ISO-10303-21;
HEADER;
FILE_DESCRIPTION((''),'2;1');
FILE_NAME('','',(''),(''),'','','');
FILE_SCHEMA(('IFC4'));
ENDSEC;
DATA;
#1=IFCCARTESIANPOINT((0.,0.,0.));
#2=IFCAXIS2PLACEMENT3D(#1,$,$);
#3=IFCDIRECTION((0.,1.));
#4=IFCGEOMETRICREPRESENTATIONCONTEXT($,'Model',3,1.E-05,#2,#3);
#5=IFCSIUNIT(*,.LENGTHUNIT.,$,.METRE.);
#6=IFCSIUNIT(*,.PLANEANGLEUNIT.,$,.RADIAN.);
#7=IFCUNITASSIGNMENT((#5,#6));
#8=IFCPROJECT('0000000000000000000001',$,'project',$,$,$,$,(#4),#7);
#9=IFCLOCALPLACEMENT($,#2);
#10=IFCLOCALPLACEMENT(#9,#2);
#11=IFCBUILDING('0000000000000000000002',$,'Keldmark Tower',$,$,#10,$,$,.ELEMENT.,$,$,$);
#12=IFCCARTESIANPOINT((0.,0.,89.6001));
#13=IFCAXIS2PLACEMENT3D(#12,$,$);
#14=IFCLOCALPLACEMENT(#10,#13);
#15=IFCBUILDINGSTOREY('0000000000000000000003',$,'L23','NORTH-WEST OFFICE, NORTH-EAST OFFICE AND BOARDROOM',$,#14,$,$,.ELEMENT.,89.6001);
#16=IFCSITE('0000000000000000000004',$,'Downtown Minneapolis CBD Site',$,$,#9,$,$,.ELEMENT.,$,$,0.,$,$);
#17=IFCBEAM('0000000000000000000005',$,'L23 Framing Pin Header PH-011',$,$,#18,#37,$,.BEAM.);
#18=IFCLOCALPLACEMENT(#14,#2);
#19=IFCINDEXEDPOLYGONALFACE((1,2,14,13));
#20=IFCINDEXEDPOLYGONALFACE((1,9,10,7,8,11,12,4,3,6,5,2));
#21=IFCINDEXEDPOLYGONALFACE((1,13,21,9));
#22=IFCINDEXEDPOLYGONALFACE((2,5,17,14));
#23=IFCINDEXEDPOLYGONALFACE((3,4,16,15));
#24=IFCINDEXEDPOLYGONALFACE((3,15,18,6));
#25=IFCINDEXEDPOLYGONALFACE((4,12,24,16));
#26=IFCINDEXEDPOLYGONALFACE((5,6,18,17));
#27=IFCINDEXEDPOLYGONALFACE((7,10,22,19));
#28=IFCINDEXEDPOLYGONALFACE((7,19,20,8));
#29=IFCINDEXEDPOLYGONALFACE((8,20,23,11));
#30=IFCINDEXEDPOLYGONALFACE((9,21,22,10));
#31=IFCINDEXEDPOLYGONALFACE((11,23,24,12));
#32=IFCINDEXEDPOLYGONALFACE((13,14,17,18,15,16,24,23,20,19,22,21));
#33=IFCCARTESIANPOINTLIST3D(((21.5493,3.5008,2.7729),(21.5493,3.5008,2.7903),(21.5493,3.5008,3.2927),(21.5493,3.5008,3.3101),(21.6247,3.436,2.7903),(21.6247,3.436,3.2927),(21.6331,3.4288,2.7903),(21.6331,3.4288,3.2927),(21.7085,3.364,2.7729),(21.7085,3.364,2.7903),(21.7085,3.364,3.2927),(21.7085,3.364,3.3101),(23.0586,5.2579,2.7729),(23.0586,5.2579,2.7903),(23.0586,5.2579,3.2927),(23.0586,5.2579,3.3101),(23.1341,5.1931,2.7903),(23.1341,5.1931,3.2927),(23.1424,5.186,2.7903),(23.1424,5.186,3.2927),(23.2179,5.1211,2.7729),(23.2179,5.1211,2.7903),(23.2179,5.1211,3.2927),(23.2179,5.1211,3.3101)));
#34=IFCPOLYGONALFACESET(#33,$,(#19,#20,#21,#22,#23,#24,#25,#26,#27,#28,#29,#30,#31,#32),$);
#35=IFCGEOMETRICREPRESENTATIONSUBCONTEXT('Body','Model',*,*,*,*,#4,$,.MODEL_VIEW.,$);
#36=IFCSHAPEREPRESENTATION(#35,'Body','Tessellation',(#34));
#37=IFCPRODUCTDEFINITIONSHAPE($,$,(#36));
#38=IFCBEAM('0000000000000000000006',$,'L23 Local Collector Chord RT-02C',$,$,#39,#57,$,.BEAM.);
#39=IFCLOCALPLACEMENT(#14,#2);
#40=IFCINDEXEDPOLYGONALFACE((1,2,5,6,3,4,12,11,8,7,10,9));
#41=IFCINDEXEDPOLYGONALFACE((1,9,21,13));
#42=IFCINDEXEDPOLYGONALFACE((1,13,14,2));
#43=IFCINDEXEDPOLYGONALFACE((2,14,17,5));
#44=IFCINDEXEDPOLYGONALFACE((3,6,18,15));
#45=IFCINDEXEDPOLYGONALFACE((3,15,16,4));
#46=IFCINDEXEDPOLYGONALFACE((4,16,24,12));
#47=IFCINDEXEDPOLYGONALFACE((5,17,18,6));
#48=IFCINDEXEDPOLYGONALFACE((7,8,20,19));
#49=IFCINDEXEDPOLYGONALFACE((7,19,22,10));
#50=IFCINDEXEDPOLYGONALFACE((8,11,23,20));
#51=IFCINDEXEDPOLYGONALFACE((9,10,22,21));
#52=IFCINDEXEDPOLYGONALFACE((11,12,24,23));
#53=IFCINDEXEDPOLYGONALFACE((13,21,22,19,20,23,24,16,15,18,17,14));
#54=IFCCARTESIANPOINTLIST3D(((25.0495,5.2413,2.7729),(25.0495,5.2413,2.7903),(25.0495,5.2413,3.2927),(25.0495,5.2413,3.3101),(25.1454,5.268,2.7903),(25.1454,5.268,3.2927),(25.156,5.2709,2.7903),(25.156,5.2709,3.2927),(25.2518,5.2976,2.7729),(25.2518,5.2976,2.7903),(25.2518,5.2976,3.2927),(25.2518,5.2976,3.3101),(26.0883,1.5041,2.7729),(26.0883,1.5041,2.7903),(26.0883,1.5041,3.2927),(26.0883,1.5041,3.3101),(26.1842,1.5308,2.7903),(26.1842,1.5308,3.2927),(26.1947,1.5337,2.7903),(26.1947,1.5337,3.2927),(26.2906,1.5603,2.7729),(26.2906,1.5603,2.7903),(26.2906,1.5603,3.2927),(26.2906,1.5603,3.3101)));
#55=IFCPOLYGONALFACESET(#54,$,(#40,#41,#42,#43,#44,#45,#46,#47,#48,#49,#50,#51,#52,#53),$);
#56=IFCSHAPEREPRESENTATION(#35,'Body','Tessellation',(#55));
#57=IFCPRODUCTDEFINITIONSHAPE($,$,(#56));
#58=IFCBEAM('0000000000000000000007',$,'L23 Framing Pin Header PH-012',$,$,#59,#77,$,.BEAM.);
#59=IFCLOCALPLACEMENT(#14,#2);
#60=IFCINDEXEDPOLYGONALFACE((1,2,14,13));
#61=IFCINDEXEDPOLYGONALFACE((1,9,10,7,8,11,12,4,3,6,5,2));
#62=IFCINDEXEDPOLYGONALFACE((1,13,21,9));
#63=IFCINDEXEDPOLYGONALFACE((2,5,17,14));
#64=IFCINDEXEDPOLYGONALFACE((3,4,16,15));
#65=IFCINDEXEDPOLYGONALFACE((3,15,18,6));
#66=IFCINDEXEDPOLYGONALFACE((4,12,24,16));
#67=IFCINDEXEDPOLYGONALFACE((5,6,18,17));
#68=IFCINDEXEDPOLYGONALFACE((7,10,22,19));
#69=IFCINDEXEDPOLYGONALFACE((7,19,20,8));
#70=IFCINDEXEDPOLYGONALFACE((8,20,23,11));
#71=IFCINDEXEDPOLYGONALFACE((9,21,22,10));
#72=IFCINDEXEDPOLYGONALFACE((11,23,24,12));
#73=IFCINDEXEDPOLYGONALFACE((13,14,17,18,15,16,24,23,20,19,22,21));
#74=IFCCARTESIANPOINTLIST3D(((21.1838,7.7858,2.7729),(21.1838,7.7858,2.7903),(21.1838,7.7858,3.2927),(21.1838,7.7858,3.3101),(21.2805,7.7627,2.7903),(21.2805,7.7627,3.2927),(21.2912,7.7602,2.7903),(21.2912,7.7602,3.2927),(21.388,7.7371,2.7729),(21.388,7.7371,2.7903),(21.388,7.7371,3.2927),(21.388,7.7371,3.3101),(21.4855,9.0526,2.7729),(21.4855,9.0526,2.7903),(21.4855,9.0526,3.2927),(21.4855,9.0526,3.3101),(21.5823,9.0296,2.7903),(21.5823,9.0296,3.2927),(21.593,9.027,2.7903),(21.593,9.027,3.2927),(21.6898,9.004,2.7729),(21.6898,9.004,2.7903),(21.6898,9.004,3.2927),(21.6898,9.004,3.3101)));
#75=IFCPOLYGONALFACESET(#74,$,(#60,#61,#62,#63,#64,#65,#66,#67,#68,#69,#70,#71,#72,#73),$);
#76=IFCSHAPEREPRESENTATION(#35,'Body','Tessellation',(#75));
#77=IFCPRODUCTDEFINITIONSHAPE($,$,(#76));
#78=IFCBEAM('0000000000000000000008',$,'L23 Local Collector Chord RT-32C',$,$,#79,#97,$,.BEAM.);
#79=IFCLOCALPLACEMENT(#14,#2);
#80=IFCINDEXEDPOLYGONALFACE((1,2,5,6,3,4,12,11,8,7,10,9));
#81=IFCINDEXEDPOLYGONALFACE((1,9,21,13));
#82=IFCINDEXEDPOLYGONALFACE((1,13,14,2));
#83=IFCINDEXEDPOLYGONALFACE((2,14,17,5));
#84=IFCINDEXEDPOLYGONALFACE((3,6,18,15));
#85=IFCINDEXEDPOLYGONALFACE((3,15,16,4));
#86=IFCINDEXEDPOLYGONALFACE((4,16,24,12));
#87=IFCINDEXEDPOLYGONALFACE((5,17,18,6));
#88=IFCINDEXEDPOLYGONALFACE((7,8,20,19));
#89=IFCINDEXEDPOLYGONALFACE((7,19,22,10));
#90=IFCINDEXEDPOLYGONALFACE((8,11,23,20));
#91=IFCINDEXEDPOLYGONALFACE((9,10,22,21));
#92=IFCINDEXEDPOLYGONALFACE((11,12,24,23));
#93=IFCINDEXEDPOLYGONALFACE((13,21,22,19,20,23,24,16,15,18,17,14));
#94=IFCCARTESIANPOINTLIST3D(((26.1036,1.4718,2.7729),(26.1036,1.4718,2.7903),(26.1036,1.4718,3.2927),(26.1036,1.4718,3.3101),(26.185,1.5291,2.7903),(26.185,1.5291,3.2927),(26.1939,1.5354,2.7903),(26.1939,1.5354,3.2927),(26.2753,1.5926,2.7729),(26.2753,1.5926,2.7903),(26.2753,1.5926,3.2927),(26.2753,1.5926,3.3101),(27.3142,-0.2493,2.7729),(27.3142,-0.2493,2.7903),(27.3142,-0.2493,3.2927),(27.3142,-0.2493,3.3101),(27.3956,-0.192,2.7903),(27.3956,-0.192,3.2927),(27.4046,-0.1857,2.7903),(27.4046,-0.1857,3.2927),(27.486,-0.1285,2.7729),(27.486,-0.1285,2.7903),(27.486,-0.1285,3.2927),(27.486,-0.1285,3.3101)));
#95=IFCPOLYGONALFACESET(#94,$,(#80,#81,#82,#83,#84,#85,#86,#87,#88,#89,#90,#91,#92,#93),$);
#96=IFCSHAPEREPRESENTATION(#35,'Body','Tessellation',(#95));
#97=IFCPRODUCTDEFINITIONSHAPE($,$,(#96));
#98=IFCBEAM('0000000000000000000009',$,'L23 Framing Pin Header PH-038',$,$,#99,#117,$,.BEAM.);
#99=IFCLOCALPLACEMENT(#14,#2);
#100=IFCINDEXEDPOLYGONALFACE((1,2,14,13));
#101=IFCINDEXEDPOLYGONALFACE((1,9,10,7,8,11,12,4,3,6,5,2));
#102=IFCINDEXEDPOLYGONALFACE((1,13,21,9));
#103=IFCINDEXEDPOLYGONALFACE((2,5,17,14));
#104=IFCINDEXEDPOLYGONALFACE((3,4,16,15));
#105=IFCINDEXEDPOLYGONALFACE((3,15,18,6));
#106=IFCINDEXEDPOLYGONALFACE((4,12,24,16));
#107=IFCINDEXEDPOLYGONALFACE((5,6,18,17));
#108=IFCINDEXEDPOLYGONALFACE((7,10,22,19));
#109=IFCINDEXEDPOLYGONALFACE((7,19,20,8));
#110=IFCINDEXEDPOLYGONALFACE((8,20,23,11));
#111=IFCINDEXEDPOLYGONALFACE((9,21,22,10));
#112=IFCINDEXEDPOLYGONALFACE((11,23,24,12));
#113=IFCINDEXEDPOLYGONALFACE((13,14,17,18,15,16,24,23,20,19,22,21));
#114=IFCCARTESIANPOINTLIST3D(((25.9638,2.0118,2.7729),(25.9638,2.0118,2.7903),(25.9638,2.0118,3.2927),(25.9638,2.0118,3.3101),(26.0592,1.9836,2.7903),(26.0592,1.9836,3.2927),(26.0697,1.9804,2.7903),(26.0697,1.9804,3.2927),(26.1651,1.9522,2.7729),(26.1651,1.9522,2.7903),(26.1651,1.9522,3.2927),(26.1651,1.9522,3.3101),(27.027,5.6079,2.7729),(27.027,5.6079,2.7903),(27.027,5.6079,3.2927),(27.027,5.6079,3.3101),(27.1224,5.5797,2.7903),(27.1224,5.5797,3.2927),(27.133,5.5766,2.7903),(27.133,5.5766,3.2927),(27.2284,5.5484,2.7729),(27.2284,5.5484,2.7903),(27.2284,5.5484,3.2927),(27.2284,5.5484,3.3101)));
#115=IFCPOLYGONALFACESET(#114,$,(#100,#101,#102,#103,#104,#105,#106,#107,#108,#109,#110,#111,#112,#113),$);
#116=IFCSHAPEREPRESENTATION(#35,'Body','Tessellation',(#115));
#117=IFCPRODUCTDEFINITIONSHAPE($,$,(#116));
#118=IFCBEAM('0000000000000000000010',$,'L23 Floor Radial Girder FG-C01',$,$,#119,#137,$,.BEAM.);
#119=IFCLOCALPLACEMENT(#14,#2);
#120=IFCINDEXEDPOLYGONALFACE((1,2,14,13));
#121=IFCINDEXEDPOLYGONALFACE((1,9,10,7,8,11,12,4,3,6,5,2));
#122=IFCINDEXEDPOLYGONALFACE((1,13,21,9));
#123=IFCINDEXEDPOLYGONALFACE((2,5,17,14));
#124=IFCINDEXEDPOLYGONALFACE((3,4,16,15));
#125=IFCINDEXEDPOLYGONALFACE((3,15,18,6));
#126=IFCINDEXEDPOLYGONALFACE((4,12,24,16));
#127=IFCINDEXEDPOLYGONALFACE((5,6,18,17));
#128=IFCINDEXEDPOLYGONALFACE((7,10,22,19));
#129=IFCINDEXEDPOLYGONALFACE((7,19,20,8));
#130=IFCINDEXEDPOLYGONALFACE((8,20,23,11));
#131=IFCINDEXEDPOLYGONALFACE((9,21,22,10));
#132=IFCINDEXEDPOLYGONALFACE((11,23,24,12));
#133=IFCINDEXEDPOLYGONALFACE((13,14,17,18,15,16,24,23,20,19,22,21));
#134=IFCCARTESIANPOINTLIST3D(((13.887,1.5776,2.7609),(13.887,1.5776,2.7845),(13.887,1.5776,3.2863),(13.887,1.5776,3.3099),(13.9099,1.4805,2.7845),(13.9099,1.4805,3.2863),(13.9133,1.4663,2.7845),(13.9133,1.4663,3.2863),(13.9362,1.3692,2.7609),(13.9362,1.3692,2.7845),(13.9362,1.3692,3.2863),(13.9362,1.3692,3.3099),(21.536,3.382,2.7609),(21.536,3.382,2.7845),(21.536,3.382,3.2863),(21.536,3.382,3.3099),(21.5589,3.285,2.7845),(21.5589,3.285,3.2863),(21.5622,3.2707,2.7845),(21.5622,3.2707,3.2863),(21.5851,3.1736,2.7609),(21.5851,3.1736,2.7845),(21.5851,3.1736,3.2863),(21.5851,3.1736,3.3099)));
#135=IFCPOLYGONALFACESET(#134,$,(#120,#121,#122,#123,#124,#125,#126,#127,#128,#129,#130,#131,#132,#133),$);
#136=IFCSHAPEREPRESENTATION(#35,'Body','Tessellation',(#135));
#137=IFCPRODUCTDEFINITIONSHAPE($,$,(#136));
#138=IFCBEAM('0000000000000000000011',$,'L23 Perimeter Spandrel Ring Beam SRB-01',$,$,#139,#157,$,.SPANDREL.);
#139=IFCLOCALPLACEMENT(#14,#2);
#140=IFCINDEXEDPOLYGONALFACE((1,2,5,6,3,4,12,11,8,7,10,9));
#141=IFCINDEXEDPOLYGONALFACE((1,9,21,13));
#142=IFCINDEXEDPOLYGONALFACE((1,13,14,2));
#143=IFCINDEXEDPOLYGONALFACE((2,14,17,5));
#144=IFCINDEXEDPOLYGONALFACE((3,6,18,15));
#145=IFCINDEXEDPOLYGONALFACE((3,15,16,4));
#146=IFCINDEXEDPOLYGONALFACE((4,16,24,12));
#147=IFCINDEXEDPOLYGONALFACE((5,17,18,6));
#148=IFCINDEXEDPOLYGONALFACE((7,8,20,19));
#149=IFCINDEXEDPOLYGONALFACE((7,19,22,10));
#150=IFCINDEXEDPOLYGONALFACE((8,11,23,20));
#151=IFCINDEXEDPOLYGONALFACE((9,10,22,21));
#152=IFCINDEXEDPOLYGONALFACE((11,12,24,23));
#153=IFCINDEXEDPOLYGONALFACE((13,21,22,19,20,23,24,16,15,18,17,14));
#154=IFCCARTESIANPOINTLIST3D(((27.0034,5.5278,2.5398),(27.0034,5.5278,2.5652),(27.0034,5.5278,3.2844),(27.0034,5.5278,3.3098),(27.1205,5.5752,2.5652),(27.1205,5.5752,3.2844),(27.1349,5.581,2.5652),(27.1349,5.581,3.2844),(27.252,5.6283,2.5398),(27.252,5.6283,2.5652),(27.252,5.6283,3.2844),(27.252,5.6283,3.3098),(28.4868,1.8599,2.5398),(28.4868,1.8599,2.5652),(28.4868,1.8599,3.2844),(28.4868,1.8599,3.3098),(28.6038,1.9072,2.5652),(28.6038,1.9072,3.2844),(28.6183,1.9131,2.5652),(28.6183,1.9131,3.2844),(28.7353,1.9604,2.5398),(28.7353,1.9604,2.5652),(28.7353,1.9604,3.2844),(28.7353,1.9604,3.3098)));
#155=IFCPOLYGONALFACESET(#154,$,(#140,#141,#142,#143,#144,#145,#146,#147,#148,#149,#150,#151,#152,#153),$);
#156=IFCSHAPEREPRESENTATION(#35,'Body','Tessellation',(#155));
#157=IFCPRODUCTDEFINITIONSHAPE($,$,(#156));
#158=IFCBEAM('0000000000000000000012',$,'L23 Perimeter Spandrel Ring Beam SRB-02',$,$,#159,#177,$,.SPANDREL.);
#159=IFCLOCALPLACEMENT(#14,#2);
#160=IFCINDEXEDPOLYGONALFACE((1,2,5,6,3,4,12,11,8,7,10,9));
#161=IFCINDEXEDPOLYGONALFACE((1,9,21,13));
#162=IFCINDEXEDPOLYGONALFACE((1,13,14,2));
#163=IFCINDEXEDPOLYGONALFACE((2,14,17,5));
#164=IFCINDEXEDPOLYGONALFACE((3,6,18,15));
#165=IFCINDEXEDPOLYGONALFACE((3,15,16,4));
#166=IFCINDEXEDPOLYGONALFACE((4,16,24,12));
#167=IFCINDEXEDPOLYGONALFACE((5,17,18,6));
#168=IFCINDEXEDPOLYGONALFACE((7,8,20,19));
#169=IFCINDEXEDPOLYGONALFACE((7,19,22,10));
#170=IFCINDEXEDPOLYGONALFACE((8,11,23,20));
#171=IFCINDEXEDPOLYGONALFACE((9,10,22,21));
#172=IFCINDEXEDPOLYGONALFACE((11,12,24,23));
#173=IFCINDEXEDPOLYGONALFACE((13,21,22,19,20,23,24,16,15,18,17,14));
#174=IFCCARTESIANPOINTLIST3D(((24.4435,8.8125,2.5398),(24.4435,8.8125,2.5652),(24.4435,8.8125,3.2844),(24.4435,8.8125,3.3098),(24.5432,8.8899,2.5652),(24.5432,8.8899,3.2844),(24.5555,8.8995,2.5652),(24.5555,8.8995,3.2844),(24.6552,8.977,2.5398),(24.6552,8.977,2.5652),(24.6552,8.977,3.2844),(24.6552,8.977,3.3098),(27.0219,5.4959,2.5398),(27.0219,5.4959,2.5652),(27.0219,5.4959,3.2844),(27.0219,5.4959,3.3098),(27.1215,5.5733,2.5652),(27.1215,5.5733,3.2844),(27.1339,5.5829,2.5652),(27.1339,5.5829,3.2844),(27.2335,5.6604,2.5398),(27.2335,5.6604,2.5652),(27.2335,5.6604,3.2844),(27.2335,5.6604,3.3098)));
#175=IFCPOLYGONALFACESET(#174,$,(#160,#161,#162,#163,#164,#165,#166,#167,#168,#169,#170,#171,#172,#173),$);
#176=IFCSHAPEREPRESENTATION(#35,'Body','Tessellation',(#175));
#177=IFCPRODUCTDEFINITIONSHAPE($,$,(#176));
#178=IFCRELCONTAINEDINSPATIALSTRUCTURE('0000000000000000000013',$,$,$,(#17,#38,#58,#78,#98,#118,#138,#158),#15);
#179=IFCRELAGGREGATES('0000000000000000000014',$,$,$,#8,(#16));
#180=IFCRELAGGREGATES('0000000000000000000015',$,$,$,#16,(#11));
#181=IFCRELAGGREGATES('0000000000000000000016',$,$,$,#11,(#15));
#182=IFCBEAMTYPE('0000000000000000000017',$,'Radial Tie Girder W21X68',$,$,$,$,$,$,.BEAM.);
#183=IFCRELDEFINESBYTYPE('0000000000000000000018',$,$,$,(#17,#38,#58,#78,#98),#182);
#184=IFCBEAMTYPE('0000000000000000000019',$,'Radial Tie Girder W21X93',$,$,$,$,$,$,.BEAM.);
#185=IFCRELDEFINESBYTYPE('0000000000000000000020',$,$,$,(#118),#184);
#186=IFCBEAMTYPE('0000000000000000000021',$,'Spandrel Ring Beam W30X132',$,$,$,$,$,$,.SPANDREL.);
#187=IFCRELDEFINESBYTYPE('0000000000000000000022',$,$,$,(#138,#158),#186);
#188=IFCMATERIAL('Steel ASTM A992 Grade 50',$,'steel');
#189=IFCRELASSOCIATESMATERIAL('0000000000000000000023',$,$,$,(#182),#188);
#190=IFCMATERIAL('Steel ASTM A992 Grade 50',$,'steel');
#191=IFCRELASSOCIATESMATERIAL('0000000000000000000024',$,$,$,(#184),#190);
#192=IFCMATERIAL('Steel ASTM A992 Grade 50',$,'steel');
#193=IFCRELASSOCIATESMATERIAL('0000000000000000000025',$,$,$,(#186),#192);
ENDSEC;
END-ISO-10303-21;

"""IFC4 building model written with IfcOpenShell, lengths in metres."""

from ifc_helpers import new_model, si_unit, direction, frame, origin, origin_2d, place, context, subcontext, project, spatial, i_section, extrude, material, material_profile, profile_set, type_object, element, save


model = new_model("IFC4")

# Units and contexts
model_context = context("Model", 3, precision=1e-05, world=origin(), true_north=direction((0.0, 1.0)))
body_context = subcontext(model_context, "Body", "Model", "MODEL_VIEW")
ifc_project = project(units=[si_unit("LENGTHUNIT", "METRE"), si_unit("PLANEANGLEUNIT", "RADIAN")], contexts=[model_context])

# Site, building, storey
site_placement = place(None, origin())
site = spatial("IfcSite", under=ifc_project, at=site_placement, Name="Downtown Minneapolis CBD Site", CompositionType="ELEMENT", RefElevation=0.0)
building_placement = place(site_placement, origin())
building = spatial("IfcBuilding", under=site, at=building_placement, Name="Keldmark Tower", CompositionType="ELEMENT")
storey_placement = place(building_placement, frame((0.0, 0.0, 89.6001)))
storey = spatial("IfcBuildingStorey", under=building, at=storey_placement, Name="L23", Description="NORTH-WEST OFFICE, NORTH-EAST OFFICE AND BOARDROOM", CompositionType="ELEMENT", Elevation=89.6001)

# Beams
ifc_material_1 = material(Name="Steel ASTM A992 Grade 50", Category="steel")
ifc_material_profile_1 = material_profile(ifc_material_1, i_section(OverallWidth=0.21, OverallDepth=0.5371, WebThickness=0.011, FlangeThickness=0.0173, at=origin_2d()), Name="W21X68")
ifc_profile_set_1 = profile_set([ifc_material_profile_1], Name="Steel ASTM A992 Grade 50")
beam_type_1 = type_object("IfcBeamType", Name="Radial Tie Girder W21X68", PredefinedType="BEAM", material=ifc_profile_set_1)
beam_1_placement = place(storey_placement, frame((21.6289, 3.4324, 3.0415), z_axis=(0.65159, 0.758572, 0.0), x_axis=(-0.758572, 0.65159, 0.0)))
element("IfcBeam", 1, at=beam_1_placement, inside=storey, type_object=beam_type_1, Name="L23 Framing Pin Header PH-011", PredefinedType="BEAM", context=body_context, shape_type="SweptSolid", body=[
    extrude(i_section(OverallWidth=0.21, OverallDepth=0.5371, WebThickness=0.011, FlangeThickness=0.0173, at=origin_2d()), origin(), (0.0, 0.0, 1.0), 2.3164),
])
beam_2_placement = place(storey_placement, frame((26.1895, 1.5322, 3.0415), z_axis=(-0.267806, 0.963473, 0.0), x_axis=(-0.963473, -0.267806, 0.0)))
element("IfcBeam", 2, at=beam_2_placement, inside=storey, type_object=beam_type_1, Name="L23 Local Collector Chord RT-02C", PredefinedType="BEAM", context=body_context, shape_type="SweptSolid", body=[
    extrude(i_section(OverallWidth=0.21, OverallDepth=0.5371, WebThickness=0.011, FlangeThickness=0.0173, at=origin_2d()), origin(), (0.0, 0.0, 1.0), 3.8789),
])
beam_3_placement = place(storey_placement, frame((21.2859, 7.7615, 3.0415), z_axis=(0.231713, 0.972784, 0.0), x_axis=(-0.972784, 0.231713, 0.0)))
element("IfcBeam", 3, at=beam_3_placement, inside=storey, type_object=beam_type_1, Name="L23 Framing Pin Header PH-012", PredefinedType="BEAM", context=body_context, shape_type="SweptSolid", body=[
    extrude(i_section(OverallWidth=0.21, OverallDepth=0.5371, WebThickness=0.011, FlangeThickness=0.0173, at=origin_2d()), origin(), (0.0, 0.0, 1.0), 1.3022),
])
beam_4_placement = place(storey_placement, frame((26.1895, 1.5322, 3.0415), z_axis=(0.57533, -0.817922, 0.0), x_axis=(0.817922, 0.57533, 0.0)))
element("IfcBeam", 4, at=beam_4_placement, inside=storey, type_object=beam_type_1, Name="L23 Local Collector Chord RT-32C", PredefinedType="BEAM", context=body_context, shape_type="SweptSolid", body=[
    extrude(i_section(OverallWidth=0.21, OverallDepth=0.5371, WebThickness=0.011, FlangeThickness=0.0173, at=origin_2d()), origin(), (0.0, 0.0, 1.0), 2.1042),
])
beam_5_placement = place(storey_placement, frame((27.1277, 5.5781, 3.0415), z_axis=(-0.283523, -0.958965, 0.0), x_axis=(0.958965, -0.283523, 0.0)))
element("IfcBeam", 5, at=beam_5_placement, inside=storey, type_object=beam_type_1, Name="L23 Framing Pin Header PH-038", PredefinedType="BEAM", context=body_context, shape_type="SweptSolid", body=[
    extrude(i_section(OverallWidth=0.21, OverallDepth=0.5371, WebThickness=0.011, FlangeThickness=0.0173, at=origin_2d()), origin(), (0.0, 0.0, 1.0), 3.75),
])
ifc_material_2 = material(Name="Steel ASTM A992 Grade 50", Category="steel")
ifc_material_profile_2 = material_profile(ifc_material_2, i_section(OverallWidth=0.2141, OverallDepth=0.5491, WebThickness=0.0146, FlangeThickness=0.0237, at=origin_2d()), Name="W21X93")
ifc_profile_set_2 = profile_set([ifc_material_profile_2], Name="Steel ASTM A992 Grade 50")
beam_type_2 = type_object("IfcBeamType", Name="Radial Tie Girder W21X93", PredefinedType="BEAM", material=ifc_profile_set_2)
beam_6_placement = place(storey_placement, frame((21.5605, 3.2778, 3.0354), z_axis=(-0.973284, -0.229606, 0.0), x_axis=(0.229606, -0.973284, 0.0)))
element("IfcBeam", 6, at=beam_6_placement, inside=storey, type_object=beam_type_2, Name="L23 Floor Radial Girder FG-C01", PredefinedType="BEAM", context=body_context, shape_type="SweptSolid", body=[
    extrude(i_section(OverallWidth=0.2141, OverallDepth=0.5491, WebThickness=0.0146, FlangeThickness=0.0237, at=origin_2d()), origin(), (0.0, 0.0, 1.0), 7.8589),
])
ifc_material_3 = material(Name="Steel ASTM A992 Grade 50", Category="steel")
ifc_material_profile_3 = material_profile(ifc_material_3, i_section(OverallWidth=0.2681, OverallDepth=0.77, WebThickness=0.0156, FlangeThickness=0.0254, at=origin_2d()), Name="W30X132")
ifc_profile_set_3 = profile_set([ifc_material_profile_3], Name="Steel ASTM A992 Grade 50")
beam_type_3 = type_object("IfcBeamType", Name="Spandrel Ring Beam W30X132", PredefinedType="SPANDREL", material=ifc_profile_set_3)
beam_7_placement = place(storey_placement, frame((28.6111, 1.9102, 2.9248), z_axis=(-0.37492, 0.927057, 0.0), x_axis=(-0.927057, -0.37492, 0.0)))
element("IfcBeam", 7, at=beam_7_placement, inside=storey, type_object=beam_type_3, Name="L23 Perimeter Spandrel Ring Beam SRB-01", PredefinedType="SPANDREL", context=body_context, shape_type="SweptSolid", body=[
    extrude(i_section(OverallWidth=0.2681, OverallDepth=0.77, WebThickness=0.0156, FlangeThickness=0.0254, at=origin_2d()), origin(), (0.0, 0.0, 1.0), 3.9565),
])
beam_8_placement = place(storey_placement, frame((27.1277, 5.5781, 2.9248), z_axis=(-0.613756, 0.789496, 0.0), x_axis=(-0.789496, -0.613756, 0.0)))
element("IfcBeam", 8, at=beam_8_placement, inside=storey, type_object=beam_type_3, Name="L23 Perimeter Spandrel Ring Beam SRB-02", PredefinedType="SPANDREL", context=body_context, shape_type="SweptSolid", body=[
    extrude(i_section(OverallWidth=0.2681, OverallDepth=0.77, WebThickness=0.0156, FlangeThickness=0.0254, at=origin_2d()), origin(), (0.0, 0.0, 1.0), 4.2009),
])

save(model, "model.ifc")
